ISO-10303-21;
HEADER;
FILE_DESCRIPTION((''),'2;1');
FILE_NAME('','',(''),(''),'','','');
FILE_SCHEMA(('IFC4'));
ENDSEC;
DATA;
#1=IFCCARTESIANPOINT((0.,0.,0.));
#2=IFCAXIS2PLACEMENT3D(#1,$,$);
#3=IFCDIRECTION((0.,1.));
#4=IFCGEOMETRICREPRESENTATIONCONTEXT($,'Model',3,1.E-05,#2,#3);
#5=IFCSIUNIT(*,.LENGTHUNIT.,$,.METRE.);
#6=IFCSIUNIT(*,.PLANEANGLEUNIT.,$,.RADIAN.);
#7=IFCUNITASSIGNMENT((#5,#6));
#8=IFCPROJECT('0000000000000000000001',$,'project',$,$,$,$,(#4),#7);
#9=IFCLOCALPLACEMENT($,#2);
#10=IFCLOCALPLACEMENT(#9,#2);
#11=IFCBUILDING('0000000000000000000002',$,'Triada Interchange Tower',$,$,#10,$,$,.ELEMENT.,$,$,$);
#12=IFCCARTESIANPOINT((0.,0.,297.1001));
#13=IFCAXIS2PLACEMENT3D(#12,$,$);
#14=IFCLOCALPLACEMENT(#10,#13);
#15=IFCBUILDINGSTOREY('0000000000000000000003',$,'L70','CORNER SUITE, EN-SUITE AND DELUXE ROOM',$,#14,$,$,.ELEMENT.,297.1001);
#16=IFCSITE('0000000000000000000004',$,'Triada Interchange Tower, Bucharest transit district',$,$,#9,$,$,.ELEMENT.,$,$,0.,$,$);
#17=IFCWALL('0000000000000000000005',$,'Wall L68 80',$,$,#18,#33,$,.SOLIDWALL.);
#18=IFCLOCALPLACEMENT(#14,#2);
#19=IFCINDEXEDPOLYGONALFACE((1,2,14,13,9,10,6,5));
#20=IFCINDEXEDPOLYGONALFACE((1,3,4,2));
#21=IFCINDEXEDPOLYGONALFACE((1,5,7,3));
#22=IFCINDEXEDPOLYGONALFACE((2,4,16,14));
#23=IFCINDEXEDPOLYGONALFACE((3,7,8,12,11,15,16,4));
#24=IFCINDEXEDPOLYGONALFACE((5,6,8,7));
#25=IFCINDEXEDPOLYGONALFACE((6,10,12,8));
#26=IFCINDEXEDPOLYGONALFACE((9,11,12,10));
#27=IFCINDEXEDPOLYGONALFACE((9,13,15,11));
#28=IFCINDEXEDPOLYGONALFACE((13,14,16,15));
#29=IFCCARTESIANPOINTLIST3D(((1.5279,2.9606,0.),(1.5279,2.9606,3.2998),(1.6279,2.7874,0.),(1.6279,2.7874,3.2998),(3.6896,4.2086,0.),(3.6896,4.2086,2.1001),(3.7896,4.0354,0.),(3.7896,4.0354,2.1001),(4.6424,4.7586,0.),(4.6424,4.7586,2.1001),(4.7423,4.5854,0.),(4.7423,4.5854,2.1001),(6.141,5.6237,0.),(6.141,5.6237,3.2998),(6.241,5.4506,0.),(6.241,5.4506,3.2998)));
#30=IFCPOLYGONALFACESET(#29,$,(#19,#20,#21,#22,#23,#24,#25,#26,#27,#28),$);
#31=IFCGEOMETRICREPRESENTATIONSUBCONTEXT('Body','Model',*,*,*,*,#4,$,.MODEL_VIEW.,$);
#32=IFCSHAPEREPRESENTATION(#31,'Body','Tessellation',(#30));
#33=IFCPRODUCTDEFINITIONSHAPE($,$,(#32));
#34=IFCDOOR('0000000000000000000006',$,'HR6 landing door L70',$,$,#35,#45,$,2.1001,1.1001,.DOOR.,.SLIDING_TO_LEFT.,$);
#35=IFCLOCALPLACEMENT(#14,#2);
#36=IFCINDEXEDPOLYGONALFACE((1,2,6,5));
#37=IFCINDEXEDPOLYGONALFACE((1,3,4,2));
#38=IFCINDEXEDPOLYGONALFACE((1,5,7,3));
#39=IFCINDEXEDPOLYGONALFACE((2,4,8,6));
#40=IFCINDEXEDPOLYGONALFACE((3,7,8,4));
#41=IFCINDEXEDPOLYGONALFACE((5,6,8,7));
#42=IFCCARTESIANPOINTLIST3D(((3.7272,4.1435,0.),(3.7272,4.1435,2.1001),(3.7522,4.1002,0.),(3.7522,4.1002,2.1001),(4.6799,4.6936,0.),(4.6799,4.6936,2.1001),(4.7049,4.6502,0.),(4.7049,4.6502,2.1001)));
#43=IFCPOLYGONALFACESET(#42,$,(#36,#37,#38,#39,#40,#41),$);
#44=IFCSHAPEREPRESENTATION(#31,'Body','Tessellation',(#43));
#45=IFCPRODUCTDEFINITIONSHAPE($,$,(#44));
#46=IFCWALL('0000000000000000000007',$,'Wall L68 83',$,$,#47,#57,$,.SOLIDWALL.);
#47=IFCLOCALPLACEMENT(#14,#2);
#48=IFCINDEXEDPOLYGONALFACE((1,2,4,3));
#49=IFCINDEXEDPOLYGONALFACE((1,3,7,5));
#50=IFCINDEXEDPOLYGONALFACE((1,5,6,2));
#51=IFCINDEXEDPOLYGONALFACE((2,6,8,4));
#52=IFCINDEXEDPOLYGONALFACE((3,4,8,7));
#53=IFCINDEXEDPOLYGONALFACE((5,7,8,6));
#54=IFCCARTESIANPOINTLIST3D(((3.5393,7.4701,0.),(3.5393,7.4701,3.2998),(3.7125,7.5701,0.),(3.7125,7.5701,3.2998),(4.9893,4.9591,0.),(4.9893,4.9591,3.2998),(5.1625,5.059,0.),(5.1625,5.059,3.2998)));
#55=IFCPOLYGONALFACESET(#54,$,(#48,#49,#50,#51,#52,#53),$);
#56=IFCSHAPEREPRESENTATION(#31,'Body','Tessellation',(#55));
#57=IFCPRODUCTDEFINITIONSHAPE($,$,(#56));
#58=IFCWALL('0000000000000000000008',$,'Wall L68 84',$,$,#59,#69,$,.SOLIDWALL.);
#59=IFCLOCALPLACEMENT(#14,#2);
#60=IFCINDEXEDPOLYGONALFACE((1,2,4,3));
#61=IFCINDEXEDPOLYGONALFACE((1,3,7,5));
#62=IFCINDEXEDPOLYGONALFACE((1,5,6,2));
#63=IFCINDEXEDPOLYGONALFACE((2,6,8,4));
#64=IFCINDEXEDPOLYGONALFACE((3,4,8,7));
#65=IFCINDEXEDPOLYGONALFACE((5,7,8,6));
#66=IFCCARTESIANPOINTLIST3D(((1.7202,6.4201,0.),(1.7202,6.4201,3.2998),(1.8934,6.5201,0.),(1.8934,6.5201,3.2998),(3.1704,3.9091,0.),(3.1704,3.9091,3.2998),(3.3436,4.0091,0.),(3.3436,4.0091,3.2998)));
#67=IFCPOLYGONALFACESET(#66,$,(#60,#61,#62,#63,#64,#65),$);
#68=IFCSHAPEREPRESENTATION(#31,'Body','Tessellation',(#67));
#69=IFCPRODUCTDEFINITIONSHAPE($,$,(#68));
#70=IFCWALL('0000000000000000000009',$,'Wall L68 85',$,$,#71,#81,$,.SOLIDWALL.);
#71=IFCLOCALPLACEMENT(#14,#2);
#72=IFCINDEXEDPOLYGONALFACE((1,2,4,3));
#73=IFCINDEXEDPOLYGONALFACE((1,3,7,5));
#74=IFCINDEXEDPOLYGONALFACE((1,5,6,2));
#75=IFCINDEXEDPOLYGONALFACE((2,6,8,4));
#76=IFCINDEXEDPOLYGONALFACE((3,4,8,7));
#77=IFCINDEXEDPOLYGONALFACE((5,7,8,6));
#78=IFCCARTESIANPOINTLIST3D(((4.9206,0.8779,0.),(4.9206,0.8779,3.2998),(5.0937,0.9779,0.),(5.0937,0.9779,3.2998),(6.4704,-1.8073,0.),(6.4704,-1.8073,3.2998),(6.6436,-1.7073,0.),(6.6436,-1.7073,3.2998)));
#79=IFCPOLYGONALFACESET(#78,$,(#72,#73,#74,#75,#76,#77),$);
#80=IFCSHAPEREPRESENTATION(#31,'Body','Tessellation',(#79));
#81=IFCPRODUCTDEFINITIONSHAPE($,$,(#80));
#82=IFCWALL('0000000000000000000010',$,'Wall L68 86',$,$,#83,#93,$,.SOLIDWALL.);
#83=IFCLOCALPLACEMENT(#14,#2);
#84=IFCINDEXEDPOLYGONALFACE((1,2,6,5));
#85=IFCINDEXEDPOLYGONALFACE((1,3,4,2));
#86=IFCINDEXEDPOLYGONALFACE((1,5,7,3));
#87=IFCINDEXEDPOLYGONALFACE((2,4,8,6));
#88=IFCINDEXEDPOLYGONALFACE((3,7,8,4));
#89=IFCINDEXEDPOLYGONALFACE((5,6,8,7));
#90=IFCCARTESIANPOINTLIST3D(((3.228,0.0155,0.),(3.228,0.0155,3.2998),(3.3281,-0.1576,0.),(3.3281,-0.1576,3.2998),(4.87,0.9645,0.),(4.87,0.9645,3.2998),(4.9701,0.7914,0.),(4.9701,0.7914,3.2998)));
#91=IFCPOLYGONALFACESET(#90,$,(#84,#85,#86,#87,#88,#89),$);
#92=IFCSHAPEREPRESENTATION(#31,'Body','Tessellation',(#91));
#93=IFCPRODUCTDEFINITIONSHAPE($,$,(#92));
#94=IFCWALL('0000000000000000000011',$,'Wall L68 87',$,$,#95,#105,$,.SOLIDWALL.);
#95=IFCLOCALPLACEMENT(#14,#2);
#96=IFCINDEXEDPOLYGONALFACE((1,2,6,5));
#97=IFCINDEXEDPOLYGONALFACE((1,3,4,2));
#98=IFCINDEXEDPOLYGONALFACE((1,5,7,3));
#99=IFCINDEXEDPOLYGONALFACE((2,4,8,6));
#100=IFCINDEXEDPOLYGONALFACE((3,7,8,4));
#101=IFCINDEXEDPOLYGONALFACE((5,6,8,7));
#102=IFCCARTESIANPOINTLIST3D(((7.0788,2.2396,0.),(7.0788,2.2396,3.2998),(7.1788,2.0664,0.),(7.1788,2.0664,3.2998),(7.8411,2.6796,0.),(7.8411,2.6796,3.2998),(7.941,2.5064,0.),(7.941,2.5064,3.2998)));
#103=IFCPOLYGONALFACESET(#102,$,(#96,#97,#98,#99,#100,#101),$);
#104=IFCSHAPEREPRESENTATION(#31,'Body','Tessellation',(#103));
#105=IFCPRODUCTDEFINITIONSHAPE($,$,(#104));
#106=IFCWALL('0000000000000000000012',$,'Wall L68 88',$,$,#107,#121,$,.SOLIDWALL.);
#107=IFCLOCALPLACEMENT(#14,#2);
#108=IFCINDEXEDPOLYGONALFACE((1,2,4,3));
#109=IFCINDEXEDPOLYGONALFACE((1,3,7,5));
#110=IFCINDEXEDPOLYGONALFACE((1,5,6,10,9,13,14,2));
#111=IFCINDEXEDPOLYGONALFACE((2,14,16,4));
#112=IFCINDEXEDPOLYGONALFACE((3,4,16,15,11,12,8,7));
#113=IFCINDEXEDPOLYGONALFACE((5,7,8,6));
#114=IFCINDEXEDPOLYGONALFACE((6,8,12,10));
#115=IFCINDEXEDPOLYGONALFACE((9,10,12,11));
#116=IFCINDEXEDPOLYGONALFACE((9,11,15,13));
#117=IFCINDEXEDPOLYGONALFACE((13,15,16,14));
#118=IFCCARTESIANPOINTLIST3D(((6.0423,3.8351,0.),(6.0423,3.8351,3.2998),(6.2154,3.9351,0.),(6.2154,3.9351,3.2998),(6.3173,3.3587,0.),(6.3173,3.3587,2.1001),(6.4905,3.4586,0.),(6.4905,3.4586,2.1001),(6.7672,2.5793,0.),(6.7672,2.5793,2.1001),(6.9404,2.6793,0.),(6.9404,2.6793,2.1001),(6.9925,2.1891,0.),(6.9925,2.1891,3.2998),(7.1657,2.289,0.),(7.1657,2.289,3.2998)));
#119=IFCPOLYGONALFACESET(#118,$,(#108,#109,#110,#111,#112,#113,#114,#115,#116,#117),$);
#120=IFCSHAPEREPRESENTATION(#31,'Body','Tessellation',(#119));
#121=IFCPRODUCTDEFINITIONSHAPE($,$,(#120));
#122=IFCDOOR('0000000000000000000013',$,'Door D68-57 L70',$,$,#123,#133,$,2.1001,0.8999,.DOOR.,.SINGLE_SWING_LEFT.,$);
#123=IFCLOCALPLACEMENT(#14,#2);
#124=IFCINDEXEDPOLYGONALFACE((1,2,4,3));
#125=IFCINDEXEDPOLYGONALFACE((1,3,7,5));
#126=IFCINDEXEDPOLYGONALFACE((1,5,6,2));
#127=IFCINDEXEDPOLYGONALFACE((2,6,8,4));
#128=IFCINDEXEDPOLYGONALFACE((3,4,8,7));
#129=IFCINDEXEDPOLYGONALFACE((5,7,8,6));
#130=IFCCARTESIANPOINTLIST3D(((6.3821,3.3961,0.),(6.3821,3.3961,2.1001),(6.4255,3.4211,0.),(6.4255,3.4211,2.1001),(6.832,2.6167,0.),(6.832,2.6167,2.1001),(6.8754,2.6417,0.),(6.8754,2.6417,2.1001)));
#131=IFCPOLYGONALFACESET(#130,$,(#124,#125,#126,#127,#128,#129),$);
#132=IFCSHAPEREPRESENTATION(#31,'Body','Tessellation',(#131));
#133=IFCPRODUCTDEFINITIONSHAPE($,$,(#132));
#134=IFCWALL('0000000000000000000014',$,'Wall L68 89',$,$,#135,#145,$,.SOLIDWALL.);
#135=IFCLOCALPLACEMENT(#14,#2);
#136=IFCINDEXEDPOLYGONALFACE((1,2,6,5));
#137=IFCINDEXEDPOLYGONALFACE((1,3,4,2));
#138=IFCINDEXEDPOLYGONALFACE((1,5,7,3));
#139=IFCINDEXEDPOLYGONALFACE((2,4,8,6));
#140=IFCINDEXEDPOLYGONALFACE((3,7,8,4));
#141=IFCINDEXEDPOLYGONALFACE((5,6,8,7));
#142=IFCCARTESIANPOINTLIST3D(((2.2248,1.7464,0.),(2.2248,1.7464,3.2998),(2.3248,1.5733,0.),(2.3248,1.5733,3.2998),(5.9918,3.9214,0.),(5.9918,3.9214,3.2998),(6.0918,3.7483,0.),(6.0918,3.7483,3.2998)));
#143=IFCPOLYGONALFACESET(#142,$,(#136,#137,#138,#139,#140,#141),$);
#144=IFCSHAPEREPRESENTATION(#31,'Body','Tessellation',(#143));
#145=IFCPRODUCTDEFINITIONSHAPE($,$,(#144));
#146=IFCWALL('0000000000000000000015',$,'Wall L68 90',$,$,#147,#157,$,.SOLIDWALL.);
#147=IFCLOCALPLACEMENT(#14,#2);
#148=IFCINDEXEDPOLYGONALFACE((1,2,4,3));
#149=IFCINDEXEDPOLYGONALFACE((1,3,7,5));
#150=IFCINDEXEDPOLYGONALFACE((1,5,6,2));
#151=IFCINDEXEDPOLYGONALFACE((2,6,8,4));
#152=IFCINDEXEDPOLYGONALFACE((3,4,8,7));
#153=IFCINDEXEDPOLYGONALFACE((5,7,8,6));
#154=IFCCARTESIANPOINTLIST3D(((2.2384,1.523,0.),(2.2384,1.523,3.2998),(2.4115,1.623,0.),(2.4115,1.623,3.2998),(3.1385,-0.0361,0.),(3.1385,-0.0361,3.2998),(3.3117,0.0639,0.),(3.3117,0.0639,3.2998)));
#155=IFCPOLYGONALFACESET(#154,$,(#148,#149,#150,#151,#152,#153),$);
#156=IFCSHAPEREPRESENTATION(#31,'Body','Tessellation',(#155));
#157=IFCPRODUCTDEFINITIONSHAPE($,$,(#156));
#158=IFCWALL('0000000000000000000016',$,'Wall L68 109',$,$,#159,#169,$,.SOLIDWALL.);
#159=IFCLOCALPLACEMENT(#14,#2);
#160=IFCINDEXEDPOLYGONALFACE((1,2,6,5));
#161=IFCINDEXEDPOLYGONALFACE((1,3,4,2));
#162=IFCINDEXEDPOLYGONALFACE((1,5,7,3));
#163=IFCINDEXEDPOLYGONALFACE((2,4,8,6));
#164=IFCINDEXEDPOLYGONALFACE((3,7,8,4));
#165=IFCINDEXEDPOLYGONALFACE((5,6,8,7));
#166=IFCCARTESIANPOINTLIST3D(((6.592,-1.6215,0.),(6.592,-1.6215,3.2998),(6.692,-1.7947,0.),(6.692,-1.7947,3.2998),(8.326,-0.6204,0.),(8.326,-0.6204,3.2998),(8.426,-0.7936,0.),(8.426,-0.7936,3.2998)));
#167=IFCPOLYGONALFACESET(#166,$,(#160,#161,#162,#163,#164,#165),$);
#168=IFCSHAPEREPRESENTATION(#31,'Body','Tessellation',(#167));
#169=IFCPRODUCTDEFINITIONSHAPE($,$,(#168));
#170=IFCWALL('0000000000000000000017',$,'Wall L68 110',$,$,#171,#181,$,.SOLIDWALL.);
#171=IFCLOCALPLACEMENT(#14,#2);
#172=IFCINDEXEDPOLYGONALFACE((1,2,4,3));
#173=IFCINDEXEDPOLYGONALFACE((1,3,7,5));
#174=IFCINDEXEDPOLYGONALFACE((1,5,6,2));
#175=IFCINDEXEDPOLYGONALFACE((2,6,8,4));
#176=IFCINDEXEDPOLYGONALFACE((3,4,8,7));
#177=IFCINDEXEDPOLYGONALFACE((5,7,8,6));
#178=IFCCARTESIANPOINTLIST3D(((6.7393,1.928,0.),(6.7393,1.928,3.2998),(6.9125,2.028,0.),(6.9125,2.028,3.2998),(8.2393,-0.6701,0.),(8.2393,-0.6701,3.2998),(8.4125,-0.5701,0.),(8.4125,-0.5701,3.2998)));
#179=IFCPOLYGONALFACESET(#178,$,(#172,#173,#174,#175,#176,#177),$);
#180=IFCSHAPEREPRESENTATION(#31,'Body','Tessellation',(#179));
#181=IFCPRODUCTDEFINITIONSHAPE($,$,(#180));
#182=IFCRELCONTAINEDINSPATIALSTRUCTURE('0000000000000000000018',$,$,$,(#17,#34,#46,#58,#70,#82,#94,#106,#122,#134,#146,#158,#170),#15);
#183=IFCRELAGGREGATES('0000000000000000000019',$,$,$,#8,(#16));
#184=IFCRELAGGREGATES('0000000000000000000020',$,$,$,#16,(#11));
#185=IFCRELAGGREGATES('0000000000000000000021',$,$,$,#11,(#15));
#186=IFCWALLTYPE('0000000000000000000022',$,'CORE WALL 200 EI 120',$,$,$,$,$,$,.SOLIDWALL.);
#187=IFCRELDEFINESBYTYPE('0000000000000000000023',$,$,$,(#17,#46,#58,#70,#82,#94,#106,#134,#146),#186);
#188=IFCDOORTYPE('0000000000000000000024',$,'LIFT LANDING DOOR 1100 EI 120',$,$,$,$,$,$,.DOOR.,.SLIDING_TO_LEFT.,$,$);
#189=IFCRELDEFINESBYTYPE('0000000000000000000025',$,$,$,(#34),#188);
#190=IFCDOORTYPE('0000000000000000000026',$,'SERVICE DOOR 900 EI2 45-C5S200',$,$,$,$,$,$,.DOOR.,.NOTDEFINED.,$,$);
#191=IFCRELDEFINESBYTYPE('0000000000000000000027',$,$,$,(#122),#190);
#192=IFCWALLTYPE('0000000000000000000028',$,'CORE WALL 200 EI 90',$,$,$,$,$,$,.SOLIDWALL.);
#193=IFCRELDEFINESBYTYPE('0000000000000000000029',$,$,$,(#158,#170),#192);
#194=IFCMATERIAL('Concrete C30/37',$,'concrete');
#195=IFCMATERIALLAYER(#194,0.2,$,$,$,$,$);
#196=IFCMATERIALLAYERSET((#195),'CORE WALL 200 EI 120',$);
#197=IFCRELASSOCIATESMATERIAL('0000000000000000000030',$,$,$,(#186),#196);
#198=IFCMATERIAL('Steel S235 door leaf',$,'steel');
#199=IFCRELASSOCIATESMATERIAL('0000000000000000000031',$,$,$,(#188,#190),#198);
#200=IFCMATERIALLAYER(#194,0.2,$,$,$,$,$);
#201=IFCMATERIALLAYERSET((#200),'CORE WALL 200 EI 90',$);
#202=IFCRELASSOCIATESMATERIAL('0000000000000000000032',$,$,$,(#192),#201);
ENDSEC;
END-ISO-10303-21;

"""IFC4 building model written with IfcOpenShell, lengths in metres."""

from ifc_helpers import new_model, si_unit, direction, frame, frame_2d, origin, place, context, subcontext, project, spatial, rectangle, extrude, material, layer, layer_set, type_object, element, fill, save


model = new_model("IFC4")

# Units and contexts
model_context = context("Model", 3, precision=1e-05, world=origin(), true_north=direction((0.0, 1.0)))
body_context = subcontext(model_context, "Body", "Model", "MODEL_VIEW")
ifc_project = project(units=[si_unit("LENGTHUNIT", "METRE"), si_unit("PLANEANGLEUNIT", "RADIAN")], contexts=[model_context])

# Site, building, storey
site_placement = place(None, origin())
site = spatial("IfcSite", under=ifc_project, at=site_placement, Name="Triada Interchange Tower, Bucharest transit district", CompositionType="ELEMENT", RefElevation=0.0)
building_placement = place(site_placement, origin())
building = spatial("IfcBuilding", under=site, at=building_placement, Name="Triada Interchange Tower", CompositionType="ELEMENT")
storey_placement = place(building_placement, frame((0.0, 0.0, 297.1001)))
storey = spatial("IfcBuildingStorey", under=building, at=storey_placement, Name="L70", Description="CORNER SUITE, EN-SUITE AND DELUXE ROOM", CompositionType="ELEMENT", Elevation=297.1001)

# Shared definitions
ifc_material_1 = material(Name="Concrete C30/37", Category="concrete")
ifc_layer_1 = layer(ifc_material_1, 0.2)
ifc_layer_set_1 = layer_set([ifc_layer_1], Name="CORE WALL 200 EI 120")
wall_type_1 = type_object("IfcWallType", Name="CORE WALL 200 EI 120", PredefinedType="SOLIDWALL", material=ifc_layer_set_1)
ifc_material_2 = material(Name="Steel S235 door leaf", Category="steel")
door_type_1 = type_object("IfcDoorType", Name="LIFT LANDING DOOR 1100 EI 120", OperationType="SLIDING_TO_LEFT", PredefinedType="DOOR", material=ifc_material_2)

# Wall, opening, door
wall_1_placement = place(storey_placement, frame((1.5779, 2.874, 0.0), z_axis=(0.0, 0.0, 1.0), x_axis=(0.866046, 0.499964, 0.0)))
wall_1 = element("IfcWall", 1, at=wall_1_placement, inside=storey, type_object=wall_type_1, Name="Wall L68 80", PredefinedType="SOLIDWALL", context=body_context, shape_type="SweptSolid", body=[
    extrude(rectangle(XDim=5.3267, YDim=0.2, at=frame_2d((2.6633, 0.0))), origin(), (0.0, 0.0, 1.0), 3.2998),
])
opening_1_placement = place(wall_1_placement, frame((2.4961, 0.0, 0.0)))
opening_1 = element("IfcOpeningElement", 2, at=opening_1_placement, cuts=wall_1, PredefinedType="OPENING", context=body_context, shape_type="SweptSolid", body=[
    extrude(rectangle(XDim=1.1001, YDim=2.1001, at=frame_2d((0.55, 1.05))), frame((0.0, 0.1099, 0.0), z_axis=(0.0, -1.0, 0.0), x_axis=(1.0, 0.0, 0.0)), (0.0, 0.0, 1.0), 0.22),
])
door_1_placement = place(opening_1_placement, origin())
door_1 = element("IfcDoor", 3, at=door_1_placement, inside=storey, type_object=door_type_1, Name="HR6 landing door L70", OperationType="SLIDING_TO_LEFT", OverallHeight=2.1001, OverallWidth=1.1001, PredefinedType="DOOR", context=body_context, shape_type="SweptSolid", body=[
    extrude(rectangle(XDim=1.1001, YDim=2.1001, at=frame_2d((0.55, 1.05))), frame((0.0, 0.0249, 0.0), z_axis=(0.0, -1.0, 0.0), x_axis=(1.0, 0.0, 0.0)), (0.0, 0.0, 1.0), 0.05),
])
fill(opening_1, door_1)

# Walls
for number, where, z_axis, x_axis, name in (
    (4, (3.626, 7.52, 0.0), (0.0, 0.0, 1.0), (0.50006, -0.865991, 0.0), "Wall L68 83"),
    (5, (1.8069, 6.47, 0.0), (0.0, 0.0, 1.0), (0.500123, -0.865954, 0.0), "Wall L68 84"),
):
    element("IfcWall", number, at=place(storey_placement, frame(where, z_axis=z_axis, x_axis=x_axis)), inside=storey, type_object=wall_type_1, Name=name, PredefinedType="SOLIDWALL", context=body_context, shape_type="SweptSolid", body=[
        extrude(rectangle(XDim=2.8997, YDim=0.2, at=frame_2d((1.4497, 0.0))), origin(), (0.0, 0.0, 1.0), 3.2998),
    ])
wall_2_placement = place(storey_placement, frame((5.0071, 0.928, 0.0), z_axis=(0.0, 0.0, 1.0), x_axis=(0.4999, -0.866083, 0.0)))
element("IfcWall", 6, at=wall_2_placement, inside=storey, type_object=wall_type_1, Name="Wall L68 85", PredefinedType="SOLIDWALL", context=body_context, shape_type="SweptSolid", body=[
    extrude(rectangle(XDim=3.1003, YDim=0.2, at=frame_2d((1.5503, 0.0))), origin(), (0.0, 0.0, 1.0), 3.2998),
])
wall_3_placement = place(storey_placement, frame((3.2781, -0.071, 0.0), z_axis=(0.0, 0.0, 1.0), x_axis=(0.865785, 0.500417, 0.0)))
element("IfcWall", 7, at=wall_3_placement, inside=storey, type_object=wall_type_1, Name="Wall L68 86", PredefinedType="SOLIDWALL", context=body_context, shape_type="SweptSolid", body=[
    extrude(rectangle(XDim=1.8965, YDim=0.2, at=frame_2d((0.9482, 0.0))), origin(), (0.0, 0.0, 1.0), 3.2998),
])
wall_4_placement = place(storey_placement, frame((7.1289, 2.1531, 0.0), z_axis=(0.0, 0.0, 1.0), x_axis=(0.866084, 0.499899, 0.0)))
element("IfcWall", 8, at=wall_4_placement, inside=storey, type_object=wall_type_1, Name="Wall L68 87", PredefinedType="SOLIDWALL", context=body_context, shape_type="SweptSolid", body=[
    extrude(rectangle(XDim=0.8801, YDim=0.2, at=frame_2d((0.4399, 0.0))), origin(), (0.0, 0.0, 1.0), 3.2998),
])

# Wall, opening, door
wall_5_placement = place(storey_placement, frame((6.1289, 3.885, 0.0), z_axis=(0.0, 0.0, 1.0), x_axis=(0.499952, -0.866053, 0.0)))
wall_5 = element("IfcWall", 9, at=wall_5_placement, inside=storey, type_object=wall_type_1, Name="Wall L68 88", PredefinedType="SOLIDWALL", context=body_context, shape_type="SweptSolid", body=[
    extrude(rectangle(XDim=1.9006, YDim=0.2, at=frame_2d((0.9502, 0.0))), origin(), (0.0, 0.0, 1.0), 3.2998),
])
opening_2_placement = place(wall_5_placement, frame((0.55, 0.0, 0.0)))
opening_2 = element("IfcOpeningElement", 10, at=opening_2_placement, cuts=wall_5, PredefinedType="OPENING", context=body_context, shape_type="SweptSolid", body=[
    extrude(rectangle(XDim=0.8999, YDim=2.1001, at=frame_2d((0.45, 1.05))), frame((0.0, 0.1099, 0.0), z_axis=(0.0, -1.0, 0.0), x_axis=(1.0, 0.0, 0.0)), (0.0, 0.0, 1.0), 0.22),
])
door_type_2 = type_object("IfcDoorType", Name="SERVICE DOOR 900 EI2 45-C5S200", OperationType="NOTDEFINED", PredefinedType="DOOR", material=ifc_material_2)
door_2_placement = place(opening_2_placement, origin())
door_2 = element("IfcDoor", 11, at=door_2_placement, inside=storey, type_object=door_type_2, Name="Door D68-57 L70", OperationType="SINGLE_SWING_LEFT", OverallHeight=2.1001, OverallWidth=0.8999, PredefinedType="DOOR", context=body_context, shape_type="SweptSolid", body=[
    extrude(rectangle(XDim=0.8999, YDim=2.1001, at=frame_2d((0.45, 1.05))), frame((0.0, 0.0249, 0.0), z_axis=(0.0, -1.0, 0.0), x_axis=(1.0, 0.0, 0.0)), (0.0, 0.0, 1.0), 0.05),
])
fill(opening_2, door_2)

# Walls
wall_6_placement = place(storey_placement, frame((2.2749, 1.6599, 0.0), z_axis=(0.0, 0.0, 1.0), x_axis=(0.866014, 0.50002, 0.0)))
element("IfcWall", 12, at=wall_6_placement, inside=storey, type_object=wall_type_1, Name="Wall L68 89", PredefinedType="SOLIDWALL", context=body_context, shape_type="SweptSolid", body=[
    extrude(rectangle(XDim=4.3499, YDim=0.2, at=frame_2d((2.1748, 0.0))), origin(), (0.0, 0.0, 1.0), 3.2998),
])
wall_7_placement = place(storey_placement, frame((2.325, 1.573, 0.0), z_axis=(0.0, 0.0, 1.0), x_axis=(0.500004, -0.866023, 0.0)))
element("IfcWall", 13, at=wall_7_placement, inside=storey, type_object=wall_type_1, Name="Wall L68 90", PredefinedType="SOLIDWALL", context=body_context, shape_type="SweptSolid", body=[
    extrude(rectangle(XDim=1.8003, YDim=0.2, at=frame_2d((0.9001, 0.0))), origin(), (0.0, 0.0, 1.0), 3.2998),
])
ifc_layer_2 = layer(ifc_material_1, 0.2)
ifc_layer_set_2 = layer_set([ifc_layer_2], Name="CORE WALL 200 EI 90")
wall_type_2 = type_object("IfcWallType", Name="CORE WALL 200 EI 90", PredefinedType="SOLIDWALL", material=ifc_layer_set_2)
wall_8_placement = place(storey_placement, frame((6.6421, -1.708, 0.0), z_axis=(0.0, 0.0, 1.0), x_axis=(0.866043, 0.499969, 0.0)))
element("IfcWall", 14, at=wall_8_placement, inside=storey, type_object=wall_type_2, Name="Wall L68 109", PredefinedType="SOLIDWALL", context=body_context, shape_type="SweptSolid", body=[
    extrude(rectangle(XDim=2.0022, YDim=0.2, at=frame_2d((1.001, 0.0))), origin(), (0.0, 0.0, 1.0), 3.2998),
])
wall_9_placement = place(storey_placement, frame((6.8259, 1.978, 0.0), z_axis=(0.0, 0.0, 1.0), x_axis=(0.49999, -0.866031, 0.0)))
element("IfcWall", 15, at=wall_9_placement, inside=storey, type_object=wall_type_2, Name="Wall L68 110", PredefinedType="SOLIDWALL", context=body_context, shape_type="SweptSolid", body=[
    extrude(rectangle(XDim=3.0, YDim=0.2, at=frame_2d((1.5, 0.0))), origin(), (0.0, 0.0, 1.0), 3.2998),
])

save(model, "model.ifc")
